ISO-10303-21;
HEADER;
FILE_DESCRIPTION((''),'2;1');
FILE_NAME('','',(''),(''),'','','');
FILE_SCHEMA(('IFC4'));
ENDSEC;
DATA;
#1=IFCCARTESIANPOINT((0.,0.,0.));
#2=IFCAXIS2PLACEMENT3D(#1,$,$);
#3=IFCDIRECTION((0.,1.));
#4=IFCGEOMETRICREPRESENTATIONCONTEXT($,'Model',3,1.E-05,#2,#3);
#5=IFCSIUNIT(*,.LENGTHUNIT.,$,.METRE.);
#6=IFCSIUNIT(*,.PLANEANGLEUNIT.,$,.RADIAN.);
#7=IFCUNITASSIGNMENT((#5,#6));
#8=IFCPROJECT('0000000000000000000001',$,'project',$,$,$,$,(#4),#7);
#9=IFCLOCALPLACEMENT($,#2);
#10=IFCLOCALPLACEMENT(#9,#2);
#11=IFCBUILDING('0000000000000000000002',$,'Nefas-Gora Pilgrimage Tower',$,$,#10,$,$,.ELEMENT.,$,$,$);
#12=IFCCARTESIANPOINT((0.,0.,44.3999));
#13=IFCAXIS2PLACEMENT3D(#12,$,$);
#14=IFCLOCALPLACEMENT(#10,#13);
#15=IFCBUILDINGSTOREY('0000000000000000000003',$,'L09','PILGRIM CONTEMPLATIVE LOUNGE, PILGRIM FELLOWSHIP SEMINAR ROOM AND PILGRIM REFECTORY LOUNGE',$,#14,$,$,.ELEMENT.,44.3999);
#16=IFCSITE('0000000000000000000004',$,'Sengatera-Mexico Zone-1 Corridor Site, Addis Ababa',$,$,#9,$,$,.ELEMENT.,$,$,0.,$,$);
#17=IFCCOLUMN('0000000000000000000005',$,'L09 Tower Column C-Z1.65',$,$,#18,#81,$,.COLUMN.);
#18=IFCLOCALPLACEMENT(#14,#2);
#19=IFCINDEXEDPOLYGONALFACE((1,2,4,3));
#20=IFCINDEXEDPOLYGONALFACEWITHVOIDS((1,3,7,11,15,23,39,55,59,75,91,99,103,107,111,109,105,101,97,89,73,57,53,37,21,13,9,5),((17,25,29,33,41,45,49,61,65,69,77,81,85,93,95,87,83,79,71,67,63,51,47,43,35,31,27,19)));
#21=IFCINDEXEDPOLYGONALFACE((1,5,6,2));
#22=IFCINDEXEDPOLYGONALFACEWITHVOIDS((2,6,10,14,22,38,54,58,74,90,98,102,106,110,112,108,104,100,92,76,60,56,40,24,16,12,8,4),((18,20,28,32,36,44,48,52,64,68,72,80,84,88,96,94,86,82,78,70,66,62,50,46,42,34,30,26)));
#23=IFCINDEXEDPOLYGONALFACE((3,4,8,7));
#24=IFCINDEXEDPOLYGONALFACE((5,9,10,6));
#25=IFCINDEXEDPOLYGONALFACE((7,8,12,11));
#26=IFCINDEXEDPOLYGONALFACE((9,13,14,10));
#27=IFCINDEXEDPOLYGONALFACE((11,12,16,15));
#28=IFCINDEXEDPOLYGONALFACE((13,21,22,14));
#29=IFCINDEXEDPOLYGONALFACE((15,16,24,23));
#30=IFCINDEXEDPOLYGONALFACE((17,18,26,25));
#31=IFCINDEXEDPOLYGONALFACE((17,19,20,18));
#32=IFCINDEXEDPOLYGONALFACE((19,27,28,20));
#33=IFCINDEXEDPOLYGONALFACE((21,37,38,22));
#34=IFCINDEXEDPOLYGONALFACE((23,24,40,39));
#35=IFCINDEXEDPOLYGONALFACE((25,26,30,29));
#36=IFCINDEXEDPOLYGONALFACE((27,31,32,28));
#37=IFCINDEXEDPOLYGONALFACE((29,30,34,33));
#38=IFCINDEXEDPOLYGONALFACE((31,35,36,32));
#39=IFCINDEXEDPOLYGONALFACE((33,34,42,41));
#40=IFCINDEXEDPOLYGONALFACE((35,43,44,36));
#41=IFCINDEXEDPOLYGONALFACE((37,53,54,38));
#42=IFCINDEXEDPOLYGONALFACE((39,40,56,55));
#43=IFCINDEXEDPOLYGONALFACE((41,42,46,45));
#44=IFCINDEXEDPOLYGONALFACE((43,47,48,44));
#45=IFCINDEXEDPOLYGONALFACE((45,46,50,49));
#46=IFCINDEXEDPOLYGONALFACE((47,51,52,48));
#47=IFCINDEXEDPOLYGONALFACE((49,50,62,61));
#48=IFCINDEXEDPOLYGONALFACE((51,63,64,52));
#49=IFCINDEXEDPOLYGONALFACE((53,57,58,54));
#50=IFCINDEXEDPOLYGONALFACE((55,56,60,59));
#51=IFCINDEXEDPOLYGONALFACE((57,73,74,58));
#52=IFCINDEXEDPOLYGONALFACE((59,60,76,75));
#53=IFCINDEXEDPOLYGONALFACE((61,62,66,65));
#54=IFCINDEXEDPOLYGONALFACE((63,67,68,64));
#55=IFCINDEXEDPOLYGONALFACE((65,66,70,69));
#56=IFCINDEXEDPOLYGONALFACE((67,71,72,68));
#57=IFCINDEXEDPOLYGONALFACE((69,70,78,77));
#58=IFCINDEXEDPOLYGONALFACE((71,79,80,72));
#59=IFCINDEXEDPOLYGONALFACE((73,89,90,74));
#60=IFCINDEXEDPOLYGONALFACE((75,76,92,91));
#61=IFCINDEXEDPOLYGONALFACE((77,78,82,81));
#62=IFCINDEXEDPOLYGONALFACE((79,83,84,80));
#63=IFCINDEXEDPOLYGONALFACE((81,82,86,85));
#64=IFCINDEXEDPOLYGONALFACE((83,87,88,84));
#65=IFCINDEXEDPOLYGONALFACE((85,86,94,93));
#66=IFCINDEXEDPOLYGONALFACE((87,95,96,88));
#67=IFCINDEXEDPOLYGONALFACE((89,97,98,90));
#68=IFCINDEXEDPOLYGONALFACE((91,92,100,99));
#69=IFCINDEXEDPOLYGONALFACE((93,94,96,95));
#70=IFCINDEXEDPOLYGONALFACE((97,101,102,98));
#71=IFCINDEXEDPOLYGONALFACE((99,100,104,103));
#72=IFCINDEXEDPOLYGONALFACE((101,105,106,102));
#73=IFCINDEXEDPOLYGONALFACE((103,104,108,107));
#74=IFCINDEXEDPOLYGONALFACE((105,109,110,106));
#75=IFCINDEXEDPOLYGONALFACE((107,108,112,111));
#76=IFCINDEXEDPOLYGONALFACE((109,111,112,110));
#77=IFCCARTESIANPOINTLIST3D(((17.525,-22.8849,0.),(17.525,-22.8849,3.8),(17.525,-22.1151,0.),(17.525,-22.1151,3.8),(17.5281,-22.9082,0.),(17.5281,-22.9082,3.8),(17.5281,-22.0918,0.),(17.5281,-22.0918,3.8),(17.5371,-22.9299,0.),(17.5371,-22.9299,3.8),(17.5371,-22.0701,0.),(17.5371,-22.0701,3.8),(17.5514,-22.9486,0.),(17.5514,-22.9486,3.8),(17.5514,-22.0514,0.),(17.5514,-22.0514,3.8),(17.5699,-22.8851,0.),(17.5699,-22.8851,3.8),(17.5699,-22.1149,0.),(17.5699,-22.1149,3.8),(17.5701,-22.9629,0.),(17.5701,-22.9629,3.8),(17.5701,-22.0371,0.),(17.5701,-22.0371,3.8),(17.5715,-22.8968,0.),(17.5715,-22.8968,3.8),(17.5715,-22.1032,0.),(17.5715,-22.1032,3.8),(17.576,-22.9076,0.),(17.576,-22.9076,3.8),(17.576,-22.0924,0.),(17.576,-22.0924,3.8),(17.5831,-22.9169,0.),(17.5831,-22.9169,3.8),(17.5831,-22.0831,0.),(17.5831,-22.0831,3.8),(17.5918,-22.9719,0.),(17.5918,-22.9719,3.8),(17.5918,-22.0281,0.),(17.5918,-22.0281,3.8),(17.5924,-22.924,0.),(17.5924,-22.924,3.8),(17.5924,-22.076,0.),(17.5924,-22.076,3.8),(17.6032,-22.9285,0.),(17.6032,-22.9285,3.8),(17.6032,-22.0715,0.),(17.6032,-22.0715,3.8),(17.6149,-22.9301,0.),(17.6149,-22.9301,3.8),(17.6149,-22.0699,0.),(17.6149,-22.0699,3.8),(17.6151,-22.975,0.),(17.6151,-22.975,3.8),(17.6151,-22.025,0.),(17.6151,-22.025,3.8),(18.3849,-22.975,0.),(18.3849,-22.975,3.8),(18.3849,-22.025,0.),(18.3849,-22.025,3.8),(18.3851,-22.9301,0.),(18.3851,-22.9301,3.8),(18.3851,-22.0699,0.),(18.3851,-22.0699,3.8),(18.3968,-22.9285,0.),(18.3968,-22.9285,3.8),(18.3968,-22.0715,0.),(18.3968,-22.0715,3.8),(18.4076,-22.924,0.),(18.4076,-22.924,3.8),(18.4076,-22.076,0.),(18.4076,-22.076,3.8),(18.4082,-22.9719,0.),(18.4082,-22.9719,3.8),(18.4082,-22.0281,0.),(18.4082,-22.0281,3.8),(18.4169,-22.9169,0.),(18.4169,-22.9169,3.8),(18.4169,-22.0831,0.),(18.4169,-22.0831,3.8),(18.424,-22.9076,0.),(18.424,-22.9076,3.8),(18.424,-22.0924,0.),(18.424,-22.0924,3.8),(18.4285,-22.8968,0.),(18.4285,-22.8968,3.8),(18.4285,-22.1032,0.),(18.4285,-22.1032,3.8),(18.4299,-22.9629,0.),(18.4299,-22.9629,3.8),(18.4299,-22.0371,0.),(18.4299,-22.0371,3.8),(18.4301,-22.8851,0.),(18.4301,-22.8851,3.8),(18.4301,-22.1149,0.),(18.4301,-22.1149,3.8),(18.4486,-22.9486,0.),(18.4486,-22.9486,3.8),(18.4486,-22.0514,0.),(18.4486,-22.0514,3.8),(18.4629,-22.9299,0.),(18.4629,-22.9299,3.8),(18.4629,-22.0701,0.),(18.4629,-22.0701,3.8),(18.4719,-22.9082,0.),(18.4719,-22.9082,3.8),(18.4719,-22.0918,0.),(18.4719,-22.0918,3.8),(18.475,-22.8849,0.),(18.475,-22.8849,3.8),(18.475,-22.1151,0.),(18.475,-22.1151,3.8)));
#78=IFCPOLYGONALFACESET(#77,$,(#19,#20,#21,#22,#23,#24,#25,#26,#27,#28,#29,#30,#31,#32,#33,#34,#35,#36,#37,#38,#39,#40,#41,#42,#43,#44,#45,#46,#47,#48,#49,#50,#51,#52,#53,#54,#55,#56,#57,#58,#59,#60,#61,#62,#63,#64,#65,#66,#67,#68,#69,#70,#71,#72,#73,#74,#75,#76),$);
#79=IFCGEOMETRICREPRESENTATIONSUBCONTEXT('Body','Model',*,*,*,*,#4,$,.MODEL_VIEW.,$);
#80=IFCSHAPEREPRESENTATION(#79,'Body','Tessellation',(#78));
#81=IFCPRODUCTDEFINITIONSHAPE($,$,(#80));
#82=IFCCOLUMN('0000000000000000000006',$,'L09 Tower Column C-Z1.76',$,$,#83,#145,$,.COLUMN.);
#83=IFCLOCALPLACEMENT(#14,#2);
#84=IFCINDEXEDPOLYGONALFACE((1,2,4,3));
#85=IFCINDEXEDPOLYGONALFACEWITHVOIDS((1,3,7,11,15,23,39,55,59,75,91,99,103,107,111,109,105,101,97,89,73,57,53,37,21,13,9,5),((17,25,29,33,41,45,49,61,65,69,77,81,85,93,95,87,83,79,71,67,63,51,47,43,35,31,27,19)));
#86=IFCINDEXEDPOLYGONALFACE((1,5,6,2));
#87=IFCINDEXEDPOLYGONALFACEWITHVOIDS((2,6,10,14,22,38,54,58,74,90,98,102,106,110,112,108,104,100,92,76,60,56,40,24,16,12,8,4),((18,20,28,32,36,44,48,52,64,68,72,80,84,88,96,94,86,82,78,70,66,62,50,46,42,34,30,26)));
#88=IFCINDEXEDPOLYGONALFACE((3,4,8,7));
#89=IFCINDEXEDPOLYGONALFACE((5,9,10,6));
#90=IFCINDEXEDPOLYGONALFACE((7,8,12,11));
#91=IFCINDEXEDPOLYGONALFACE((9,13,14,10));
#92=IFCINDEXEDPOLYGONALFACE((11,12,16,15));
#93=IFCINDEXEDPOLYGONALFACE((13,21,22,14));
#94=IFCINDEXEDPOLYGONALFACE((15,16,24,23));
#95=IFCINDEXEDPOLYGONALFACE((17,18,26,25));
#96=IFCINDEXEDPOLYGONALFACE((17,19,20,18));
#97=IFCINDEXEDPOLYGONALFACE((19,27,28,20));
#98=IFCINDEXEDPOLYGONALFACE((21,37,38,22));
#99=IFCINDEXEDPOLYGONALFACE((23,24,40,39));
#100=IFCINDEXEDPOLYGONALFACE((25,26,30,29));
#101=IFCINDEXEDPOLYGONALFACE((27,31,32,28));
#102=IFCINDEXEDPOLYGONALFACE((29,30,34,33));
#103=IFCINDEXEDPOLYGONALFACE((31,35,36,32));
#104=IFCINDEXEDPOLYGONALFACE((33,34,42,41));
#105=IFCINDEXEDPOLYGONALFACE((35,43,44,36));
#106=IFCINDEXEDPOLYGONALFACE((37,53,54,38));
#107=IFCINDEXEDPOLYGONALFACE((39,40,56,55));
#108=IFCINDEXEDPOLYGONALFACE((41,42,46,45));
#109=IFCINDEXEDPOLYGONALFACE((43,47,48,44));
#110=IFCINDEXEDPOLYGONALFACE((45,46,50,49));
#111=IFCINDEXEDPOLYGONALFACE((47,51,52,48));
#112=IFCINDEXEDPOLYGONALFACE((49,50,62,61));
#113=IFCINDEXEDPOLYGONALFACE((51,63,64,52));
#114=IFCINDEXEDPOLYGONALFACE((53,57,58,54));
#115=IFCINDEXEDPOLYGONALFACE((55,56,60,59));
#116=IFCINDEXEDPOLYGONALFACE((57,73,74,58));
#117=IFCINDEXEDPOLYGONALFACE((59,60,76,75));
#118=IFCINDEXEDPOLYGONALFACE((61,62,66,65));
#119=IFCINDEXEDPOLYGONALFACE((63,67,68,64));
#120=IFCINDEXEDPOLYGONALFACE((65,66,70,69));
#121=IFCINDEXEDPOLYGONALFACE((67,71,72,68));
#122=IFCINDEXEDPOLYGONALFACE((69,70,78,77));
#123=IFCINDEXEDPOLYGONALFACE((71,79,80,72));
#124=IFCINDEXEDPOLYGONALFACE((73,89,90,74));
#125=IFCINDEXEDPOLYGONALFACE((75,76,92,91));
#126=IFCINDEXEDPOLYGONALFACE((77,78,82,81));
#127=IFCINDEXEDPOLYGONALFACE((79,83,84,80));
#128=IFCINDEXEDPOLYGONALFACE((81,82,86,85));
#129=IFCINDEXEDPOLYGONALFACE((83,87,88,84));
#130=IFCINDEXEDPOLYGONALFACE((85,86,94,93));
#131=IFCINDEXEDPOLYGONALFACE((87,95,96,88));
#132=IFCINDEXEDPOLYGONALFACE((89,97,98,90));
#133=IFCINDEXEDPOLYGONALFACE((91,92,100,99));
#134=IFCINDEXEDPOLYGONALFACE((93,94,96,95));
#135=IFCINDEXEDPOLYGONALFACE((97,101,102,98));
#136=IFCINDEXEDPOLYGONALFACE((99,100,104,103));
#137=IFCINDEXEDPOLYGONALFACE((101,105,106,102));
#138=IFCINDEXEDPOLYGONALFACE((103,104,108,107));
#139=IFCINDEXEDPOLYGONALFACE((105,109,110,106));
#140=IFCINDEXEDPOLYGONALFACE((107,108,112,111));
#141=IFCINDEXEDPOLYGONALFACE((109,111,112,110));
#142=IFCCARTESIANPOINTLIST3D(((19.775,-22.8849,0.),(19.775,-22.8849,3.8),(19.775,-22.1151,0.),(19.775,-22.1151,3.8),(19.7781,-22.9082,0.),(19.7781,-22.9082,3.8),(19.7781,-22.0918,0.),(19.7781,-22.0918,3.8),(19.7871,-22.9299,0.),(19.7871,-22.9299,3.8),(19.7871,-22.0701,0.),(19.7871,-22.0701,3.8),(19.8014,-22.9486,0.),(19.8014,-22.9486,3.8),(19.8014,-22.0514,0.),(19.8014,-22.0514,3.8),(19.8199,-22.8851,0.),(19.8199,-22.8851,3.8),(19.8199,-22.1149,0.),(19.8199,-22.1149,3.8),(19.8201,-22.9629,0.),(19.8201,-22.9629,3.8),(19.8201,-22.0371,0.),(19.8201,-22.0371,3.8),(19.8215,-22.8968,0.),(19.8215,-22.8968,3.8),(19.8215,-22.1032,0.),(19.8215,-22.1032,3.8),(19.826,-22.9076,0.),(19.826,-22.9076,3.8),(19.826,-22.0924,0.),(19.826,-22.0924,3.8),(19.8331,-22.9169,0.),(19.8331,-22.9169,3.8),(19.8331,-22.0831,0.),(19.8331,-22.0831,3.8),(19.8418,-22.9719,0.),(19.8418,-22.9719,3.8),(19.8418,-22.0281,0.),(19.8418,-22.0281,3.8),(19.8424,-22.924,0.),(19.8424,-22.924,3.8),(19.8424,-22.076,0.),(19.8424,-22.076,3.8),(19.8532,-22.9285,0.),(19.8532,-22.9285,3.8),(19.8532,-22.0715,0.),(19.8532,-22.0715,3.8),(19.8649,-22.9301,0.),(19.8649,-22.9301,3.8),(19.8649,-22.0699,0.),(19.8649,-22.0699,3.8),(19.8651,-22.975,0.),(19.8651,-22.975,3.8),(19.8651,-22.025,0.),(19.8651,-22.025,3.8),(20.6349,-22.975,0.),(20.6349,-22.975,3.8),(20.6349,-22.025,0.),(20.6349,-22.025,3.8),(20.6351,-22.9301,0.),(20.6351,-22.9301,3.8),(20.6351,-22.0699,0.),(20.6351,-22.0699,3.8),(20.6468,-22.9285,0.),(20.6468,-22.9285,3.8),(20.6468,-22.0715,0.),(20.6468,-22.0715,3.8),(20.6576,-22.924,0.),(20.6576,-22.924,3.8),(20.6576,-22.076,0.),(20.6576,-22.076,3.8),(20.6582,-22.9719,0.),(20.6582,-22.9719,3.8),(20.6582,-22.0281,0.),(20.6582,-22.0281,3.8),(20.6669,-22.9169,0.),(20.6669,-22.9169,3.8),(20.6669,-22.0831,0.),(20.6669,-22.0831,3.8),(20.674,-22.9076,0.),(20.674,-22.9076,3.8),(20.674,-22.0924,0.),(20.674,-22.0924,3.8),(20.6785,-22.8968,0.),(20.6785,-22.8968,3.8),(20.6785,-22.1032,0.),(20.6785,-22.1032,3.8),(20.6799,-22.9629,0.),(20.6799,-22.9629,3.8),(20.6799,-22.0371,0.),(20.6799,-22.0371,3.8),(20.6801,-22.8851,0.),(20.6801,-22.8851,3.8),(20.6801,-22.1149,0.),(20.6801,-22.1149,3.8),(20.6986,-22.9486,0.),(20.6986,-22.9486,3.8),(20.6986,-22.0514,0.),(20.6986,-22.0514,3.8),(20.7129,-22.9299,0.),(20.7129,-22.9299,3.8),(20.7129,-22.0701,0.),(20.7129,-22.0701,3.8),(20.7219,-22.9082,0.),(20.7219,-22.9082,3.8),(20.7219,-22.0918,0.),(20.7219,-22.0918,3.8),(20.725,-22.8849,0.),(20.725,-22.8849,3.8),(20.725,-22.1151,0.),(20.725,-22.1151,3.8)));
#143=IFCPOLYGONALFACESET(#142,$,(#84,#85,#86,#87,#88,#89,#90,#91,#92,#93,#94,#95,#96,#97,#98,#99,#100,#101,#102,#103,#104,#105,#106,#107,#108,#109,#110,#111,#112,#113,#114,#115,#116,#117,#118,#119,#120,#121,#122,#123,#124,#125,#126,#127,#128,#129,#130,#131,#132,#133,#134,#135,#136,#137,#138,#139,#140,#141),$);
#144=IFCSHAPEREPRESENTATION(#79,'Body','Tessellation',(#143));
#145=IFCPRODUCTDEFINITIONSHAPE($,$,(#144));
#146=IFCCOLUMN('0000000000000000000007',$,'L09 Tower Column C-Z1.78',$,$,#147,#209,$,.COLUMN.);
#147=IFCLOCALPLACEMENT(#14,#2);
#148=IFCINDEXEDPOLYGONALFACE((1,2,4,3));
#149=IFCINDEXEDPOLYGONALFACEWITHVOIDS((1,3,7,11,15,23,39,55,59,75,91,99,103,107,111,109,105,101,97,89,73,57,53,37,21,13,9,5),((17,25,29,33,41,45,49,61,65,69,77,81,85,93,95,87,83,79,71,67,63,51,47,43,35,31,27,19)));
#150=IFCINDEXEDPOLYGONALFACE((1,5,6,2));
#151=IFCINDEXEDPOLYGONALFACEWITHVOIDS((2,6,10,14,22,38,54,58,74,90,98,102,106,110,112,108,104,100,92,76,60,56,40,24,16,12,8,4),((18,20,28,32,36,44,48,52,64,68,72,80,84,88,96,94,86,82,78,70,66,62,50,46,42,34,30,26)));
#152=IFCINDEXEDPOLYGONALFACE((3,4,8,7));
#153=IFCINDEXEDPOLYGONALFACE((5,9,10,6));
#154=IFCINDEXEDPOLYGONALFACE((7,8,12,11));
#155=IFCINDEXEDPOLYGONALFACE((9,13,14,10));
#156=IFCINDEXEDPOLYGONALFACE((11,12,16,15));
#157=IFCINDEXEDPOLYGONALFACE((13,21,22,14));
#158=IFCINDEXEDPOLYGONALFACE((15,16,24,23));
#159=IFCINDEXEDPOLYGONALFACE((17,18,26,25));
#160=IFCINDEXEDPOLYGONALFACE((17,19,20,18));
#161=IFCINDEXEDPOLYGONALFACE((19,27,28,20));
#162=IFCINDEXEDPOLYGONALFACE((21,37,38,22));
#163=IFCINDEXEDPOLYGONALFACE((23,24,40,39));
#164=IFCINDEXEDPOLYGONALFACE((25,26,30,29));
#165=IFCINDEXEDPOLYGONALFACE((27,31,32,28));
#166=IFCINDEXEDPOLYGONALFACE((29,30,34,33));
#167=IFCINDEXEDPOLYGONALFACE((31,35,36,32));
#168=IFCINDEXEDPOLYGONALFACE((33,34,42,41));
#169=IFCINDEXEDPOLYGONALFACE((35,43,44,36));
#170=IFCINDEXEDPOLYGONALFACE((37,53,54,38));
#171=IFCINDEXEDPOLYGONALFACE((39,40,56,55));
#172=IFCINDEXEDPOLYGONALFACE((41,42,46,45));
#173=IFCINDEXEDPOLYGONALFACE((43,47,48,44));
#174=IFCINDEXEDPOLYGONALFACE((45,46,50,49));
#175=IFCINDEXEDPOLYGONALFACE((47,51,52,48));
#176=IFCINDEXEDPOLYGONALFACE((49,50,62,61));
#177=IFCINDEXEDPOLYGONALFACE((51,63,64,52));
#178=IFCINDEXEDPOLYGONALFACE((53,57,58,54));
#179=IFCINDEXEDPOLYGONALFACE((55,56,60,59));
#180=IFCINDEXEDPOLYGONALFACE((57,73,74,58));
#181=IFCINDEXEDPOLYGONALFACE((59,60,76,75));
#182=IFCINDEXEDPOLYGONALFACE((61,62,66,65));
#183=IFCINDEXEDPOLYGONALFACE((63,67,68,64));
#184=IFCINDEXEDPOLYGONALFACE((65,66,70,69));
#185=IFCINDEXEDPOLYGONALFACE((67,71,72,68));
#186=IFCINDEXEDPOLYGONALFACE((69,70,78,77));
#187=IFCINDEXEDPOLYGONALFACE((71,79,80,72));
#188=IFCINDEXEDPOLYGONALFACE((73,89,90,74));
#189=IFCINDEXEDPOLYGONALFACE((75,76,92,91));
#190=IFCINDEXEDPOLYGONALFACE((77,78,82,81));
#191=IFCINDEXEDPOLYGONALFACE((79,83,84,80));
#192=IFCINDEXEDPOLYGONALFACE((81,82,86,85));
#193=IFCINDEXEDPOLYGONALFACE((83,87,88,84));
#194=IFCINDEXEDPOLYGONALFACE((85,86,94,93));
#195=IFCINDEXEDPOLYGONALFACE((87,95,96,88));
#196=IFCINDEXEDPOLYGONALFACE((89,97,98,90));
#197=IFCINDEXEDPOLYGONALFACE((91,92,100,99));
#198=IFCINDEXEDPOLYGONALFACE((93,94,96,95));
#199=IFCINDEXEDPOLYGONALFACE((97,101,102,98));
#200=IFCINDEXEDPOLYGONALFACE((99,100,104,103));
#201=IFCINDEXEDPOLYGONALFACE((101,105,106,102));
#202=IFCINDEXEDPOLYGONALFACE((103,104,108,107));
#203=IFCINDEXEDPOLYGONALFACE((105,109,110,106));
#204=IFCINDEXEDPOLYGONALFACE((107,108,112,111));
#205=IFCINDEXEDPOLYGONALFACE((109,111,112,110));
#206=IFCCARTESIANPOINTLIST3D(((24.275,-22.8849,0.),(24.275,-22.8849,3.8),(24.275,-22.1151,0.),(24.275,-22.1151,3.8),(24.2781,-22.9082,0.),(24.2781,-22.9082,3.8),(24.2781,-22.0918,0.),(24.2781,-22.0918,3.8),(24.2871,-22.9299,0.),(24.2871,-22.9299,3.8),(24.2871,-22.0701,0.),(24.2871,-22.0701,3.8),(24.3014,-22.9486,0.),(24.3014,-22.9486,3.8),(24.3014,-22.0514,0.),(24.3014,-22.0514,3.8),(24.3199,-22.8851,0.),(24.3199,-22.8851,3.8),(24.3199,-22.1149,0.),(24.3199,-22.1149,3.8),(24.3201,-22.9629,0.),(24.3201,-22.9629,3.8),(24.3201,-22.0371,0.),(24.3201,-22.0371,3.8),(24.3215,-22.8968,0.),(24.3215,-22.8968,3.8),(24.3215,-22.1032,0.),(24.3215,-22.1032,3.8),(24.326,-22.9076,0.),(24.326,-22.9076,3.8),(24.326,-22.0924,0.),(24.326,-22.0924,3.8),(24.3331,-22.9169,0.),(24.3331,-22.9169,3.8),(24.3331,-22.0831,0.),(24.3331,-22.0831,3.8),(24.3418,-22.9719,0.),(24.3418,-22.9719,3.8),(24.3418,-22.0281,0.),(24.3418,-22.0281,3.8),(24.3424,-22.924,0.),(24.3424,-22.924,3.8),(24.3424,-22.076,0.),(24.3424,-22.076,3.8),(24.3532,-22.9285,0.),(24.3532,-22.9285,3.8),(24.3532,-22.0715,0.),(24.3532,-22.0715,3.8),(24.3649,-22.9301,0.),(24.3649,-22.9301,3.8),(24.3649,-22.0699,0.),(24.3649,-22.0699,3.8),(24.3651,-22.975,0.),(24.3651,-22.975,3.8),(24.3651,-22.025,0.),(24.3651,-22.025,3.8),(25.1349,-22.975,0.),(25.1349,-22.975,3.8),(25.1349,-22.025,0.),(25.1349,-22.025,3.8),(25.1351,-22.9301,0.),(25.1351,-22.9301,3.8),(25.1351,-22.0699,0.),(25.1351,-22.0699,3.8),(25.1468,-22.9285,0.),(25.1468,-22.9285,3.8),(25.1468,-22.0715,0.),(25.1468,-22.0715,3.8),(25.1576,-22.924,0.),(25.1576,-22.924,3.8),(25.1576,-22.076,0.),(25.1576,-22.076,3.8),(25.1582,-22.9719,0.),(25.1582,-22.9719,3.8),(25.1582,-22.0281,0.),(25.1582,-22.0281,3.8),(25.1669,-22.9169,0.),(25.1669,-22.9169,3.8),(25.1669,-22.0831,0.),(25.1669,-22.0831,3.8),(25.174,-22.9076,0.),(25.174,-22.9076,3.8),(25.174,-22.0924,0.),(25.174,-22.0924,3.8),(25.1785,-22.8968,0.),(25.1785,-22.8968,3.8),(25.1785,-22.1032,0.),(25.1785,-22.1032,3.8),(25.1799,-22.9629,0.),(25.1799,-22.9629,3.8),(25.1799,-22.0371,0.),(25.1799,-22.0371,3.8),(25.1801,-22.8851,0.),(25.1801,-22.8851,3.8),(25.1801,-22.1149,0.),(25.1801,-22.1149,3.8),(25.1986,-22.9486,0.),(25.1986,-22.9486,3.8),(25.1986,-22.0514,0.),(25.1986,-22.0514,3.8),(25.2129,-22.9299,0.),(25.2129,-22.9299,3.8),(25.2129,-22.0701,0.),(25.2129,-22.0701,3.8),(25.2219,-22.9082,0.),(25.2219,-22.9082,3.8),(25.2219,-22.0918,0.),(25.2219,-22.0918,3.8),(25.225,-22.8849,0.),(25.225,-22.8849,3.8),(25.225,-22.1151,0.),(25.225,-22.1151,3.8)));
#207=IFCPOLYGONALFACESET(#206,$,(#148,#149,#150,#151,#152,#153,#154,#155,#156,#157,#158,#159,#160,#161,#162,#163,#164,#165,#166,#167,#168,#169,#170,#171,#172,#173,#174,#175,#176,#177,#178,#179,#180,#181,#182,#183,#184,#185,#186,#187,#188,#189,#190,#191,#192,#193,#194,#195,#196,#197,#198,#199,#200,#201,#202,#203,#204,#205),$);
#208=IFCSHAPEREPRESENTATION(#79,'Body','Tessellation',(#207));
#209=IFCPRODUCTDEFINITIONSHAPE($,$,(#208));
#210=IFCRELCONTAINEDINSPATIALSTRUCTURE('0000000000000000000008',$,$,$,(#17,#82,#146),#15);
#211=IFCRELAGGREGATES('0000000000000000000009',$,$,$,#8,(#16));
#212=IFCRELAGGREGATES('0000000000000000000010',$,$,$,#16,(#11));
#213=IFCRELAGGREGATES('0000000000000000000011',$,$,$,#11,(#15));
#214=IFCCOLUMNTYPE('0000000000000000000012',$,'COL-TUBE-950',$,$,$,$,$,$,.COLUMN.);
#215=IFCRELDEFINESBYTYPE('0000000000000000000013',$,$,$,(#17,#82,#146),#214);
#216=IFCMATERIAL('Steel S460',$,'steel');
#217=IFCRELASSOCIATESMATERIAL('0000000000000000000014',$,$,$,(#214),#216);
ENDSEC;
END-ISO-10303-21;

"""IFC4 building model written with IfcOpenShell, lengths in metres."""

from ifc_helpers import new_model, si_unit, direction, frame, origin, origin_2d, place, context, subcontext, project, spatial, hollow_rectangle, extrude, source, transform, mapped, material, material_profile, profile_set, type_object, element, save


model = new_model("IFC4")

# Units and contexts
model_context = context("Model", 3, precision=1e-05, world=origin(), true_north=direction((0.0, 1.0)))
body_context = subcontext(model_context, "Body", "Model", "MODEL_VIEW")
ifc_project = project(units=[si_unit("LENGTHUNIT", "METRE"), si_unit("PLANEANGLEUNIT", "RADIAN")], contexts=[model_context])

# Site, building, storey
site_placement = place(None, origin())
site = spatial("IfcSite", under=ifc_project, at=site_placement, Name="Sengatera-Mexico Zone-1 Corridor Site, Addis Ababa", CompositionType="ELEMENT", RefElevation=0.0)
building_placement = place(site_placement, origin())
building = spatial("IfcBuilding", under=site, at=building_placement, Name="Nefas-Gora Pilgrimage Tower", CompositionType="ELEMENT")
storey_placement = place(building_placement, frame((0.0, 0.0, 44.3999)))
storey = spatial("IfcBuildingStorey", under=building, at=storey_placement, Name="L09", Description="PILGRIM CONTEMPLATIVE LOUNGE, PILGRIM FELLOWSHIP SEMINAR ROOM AND PILGRIM REFECTORY LOUNGE", CompositionType="ELEMENT", Elevation=44.3999)

# Columns
ifc_material_1 = material(Name="Steel S460", Category="steel")
ifc_material_profile_1 = material_profile(ifc_material_1, hollow_rectangle(XDim=0.95, YDim=0.95, WallThickness=0.0449, InnerFilletRadius=0.0449, OuterFilletRadius=0.0901, at=origin_2d()), Name="BOX 950x950x45")
ifc_profile_set_1 = profile_set([ifc_material_profile_1], Name="Steel S460")
column_type_1 = type_object("IfcColumnType", Name="COL-TUBE-950", PredefinedType="COLUMN", material=ifc_profile_set_1)
shared_shape_1 = source(origin(), body_context, "Body", "SweptSolid", [
    extrude(hollow_rectangle(XDim=0.95, YDim=0.95, WallThickness=0.0449, InnerFilletRadius=0.0449, OuterFilletRadius=0.0901, at=origin_2d()), origin(), (0.0, 0.0, 1.0), 3.8),
])
for number, where, z_axis, x_axis, name in (
    (1, (18.0, -22.5, 0.0), (0.0, 0.0, 1.0), (1.0, 0.0, 0.0), "L09 Tower Column C-Z1.65"),
    (2, (20.25, -22.5, 0.0), (0.0, 0.0, 1.0), (1.0, 0.0, 0.0), "L09 Tower Column C-Z1.76"),
    (3, (24.75, -22.5, 0.0), (0.0, 0.0, 1.0), (1.0, 0.0, 0.0), "L09 Tower Column C-Z1.78"),
):
    element("IfcColumn", number, at=place(storey_placement, frame(where, z_axis=z_axis, x_axis=x_axis)), inside=storey, type_object=column_type_1, Name=name, PredefinedType="COLUMN", context=body_context, shape_type="MappedRepresentation", body=[
        mapped(shared_shape_1, transform((0.0, 0.0, 0.0), x_axis=(1.0, 0.0, 0.0), y_axis=(0.0, 1.0, 0.0), z_axis=(0.0, 0.0, 1.0), scale=1.0)),
    ])

save(model, "model.ifc")
